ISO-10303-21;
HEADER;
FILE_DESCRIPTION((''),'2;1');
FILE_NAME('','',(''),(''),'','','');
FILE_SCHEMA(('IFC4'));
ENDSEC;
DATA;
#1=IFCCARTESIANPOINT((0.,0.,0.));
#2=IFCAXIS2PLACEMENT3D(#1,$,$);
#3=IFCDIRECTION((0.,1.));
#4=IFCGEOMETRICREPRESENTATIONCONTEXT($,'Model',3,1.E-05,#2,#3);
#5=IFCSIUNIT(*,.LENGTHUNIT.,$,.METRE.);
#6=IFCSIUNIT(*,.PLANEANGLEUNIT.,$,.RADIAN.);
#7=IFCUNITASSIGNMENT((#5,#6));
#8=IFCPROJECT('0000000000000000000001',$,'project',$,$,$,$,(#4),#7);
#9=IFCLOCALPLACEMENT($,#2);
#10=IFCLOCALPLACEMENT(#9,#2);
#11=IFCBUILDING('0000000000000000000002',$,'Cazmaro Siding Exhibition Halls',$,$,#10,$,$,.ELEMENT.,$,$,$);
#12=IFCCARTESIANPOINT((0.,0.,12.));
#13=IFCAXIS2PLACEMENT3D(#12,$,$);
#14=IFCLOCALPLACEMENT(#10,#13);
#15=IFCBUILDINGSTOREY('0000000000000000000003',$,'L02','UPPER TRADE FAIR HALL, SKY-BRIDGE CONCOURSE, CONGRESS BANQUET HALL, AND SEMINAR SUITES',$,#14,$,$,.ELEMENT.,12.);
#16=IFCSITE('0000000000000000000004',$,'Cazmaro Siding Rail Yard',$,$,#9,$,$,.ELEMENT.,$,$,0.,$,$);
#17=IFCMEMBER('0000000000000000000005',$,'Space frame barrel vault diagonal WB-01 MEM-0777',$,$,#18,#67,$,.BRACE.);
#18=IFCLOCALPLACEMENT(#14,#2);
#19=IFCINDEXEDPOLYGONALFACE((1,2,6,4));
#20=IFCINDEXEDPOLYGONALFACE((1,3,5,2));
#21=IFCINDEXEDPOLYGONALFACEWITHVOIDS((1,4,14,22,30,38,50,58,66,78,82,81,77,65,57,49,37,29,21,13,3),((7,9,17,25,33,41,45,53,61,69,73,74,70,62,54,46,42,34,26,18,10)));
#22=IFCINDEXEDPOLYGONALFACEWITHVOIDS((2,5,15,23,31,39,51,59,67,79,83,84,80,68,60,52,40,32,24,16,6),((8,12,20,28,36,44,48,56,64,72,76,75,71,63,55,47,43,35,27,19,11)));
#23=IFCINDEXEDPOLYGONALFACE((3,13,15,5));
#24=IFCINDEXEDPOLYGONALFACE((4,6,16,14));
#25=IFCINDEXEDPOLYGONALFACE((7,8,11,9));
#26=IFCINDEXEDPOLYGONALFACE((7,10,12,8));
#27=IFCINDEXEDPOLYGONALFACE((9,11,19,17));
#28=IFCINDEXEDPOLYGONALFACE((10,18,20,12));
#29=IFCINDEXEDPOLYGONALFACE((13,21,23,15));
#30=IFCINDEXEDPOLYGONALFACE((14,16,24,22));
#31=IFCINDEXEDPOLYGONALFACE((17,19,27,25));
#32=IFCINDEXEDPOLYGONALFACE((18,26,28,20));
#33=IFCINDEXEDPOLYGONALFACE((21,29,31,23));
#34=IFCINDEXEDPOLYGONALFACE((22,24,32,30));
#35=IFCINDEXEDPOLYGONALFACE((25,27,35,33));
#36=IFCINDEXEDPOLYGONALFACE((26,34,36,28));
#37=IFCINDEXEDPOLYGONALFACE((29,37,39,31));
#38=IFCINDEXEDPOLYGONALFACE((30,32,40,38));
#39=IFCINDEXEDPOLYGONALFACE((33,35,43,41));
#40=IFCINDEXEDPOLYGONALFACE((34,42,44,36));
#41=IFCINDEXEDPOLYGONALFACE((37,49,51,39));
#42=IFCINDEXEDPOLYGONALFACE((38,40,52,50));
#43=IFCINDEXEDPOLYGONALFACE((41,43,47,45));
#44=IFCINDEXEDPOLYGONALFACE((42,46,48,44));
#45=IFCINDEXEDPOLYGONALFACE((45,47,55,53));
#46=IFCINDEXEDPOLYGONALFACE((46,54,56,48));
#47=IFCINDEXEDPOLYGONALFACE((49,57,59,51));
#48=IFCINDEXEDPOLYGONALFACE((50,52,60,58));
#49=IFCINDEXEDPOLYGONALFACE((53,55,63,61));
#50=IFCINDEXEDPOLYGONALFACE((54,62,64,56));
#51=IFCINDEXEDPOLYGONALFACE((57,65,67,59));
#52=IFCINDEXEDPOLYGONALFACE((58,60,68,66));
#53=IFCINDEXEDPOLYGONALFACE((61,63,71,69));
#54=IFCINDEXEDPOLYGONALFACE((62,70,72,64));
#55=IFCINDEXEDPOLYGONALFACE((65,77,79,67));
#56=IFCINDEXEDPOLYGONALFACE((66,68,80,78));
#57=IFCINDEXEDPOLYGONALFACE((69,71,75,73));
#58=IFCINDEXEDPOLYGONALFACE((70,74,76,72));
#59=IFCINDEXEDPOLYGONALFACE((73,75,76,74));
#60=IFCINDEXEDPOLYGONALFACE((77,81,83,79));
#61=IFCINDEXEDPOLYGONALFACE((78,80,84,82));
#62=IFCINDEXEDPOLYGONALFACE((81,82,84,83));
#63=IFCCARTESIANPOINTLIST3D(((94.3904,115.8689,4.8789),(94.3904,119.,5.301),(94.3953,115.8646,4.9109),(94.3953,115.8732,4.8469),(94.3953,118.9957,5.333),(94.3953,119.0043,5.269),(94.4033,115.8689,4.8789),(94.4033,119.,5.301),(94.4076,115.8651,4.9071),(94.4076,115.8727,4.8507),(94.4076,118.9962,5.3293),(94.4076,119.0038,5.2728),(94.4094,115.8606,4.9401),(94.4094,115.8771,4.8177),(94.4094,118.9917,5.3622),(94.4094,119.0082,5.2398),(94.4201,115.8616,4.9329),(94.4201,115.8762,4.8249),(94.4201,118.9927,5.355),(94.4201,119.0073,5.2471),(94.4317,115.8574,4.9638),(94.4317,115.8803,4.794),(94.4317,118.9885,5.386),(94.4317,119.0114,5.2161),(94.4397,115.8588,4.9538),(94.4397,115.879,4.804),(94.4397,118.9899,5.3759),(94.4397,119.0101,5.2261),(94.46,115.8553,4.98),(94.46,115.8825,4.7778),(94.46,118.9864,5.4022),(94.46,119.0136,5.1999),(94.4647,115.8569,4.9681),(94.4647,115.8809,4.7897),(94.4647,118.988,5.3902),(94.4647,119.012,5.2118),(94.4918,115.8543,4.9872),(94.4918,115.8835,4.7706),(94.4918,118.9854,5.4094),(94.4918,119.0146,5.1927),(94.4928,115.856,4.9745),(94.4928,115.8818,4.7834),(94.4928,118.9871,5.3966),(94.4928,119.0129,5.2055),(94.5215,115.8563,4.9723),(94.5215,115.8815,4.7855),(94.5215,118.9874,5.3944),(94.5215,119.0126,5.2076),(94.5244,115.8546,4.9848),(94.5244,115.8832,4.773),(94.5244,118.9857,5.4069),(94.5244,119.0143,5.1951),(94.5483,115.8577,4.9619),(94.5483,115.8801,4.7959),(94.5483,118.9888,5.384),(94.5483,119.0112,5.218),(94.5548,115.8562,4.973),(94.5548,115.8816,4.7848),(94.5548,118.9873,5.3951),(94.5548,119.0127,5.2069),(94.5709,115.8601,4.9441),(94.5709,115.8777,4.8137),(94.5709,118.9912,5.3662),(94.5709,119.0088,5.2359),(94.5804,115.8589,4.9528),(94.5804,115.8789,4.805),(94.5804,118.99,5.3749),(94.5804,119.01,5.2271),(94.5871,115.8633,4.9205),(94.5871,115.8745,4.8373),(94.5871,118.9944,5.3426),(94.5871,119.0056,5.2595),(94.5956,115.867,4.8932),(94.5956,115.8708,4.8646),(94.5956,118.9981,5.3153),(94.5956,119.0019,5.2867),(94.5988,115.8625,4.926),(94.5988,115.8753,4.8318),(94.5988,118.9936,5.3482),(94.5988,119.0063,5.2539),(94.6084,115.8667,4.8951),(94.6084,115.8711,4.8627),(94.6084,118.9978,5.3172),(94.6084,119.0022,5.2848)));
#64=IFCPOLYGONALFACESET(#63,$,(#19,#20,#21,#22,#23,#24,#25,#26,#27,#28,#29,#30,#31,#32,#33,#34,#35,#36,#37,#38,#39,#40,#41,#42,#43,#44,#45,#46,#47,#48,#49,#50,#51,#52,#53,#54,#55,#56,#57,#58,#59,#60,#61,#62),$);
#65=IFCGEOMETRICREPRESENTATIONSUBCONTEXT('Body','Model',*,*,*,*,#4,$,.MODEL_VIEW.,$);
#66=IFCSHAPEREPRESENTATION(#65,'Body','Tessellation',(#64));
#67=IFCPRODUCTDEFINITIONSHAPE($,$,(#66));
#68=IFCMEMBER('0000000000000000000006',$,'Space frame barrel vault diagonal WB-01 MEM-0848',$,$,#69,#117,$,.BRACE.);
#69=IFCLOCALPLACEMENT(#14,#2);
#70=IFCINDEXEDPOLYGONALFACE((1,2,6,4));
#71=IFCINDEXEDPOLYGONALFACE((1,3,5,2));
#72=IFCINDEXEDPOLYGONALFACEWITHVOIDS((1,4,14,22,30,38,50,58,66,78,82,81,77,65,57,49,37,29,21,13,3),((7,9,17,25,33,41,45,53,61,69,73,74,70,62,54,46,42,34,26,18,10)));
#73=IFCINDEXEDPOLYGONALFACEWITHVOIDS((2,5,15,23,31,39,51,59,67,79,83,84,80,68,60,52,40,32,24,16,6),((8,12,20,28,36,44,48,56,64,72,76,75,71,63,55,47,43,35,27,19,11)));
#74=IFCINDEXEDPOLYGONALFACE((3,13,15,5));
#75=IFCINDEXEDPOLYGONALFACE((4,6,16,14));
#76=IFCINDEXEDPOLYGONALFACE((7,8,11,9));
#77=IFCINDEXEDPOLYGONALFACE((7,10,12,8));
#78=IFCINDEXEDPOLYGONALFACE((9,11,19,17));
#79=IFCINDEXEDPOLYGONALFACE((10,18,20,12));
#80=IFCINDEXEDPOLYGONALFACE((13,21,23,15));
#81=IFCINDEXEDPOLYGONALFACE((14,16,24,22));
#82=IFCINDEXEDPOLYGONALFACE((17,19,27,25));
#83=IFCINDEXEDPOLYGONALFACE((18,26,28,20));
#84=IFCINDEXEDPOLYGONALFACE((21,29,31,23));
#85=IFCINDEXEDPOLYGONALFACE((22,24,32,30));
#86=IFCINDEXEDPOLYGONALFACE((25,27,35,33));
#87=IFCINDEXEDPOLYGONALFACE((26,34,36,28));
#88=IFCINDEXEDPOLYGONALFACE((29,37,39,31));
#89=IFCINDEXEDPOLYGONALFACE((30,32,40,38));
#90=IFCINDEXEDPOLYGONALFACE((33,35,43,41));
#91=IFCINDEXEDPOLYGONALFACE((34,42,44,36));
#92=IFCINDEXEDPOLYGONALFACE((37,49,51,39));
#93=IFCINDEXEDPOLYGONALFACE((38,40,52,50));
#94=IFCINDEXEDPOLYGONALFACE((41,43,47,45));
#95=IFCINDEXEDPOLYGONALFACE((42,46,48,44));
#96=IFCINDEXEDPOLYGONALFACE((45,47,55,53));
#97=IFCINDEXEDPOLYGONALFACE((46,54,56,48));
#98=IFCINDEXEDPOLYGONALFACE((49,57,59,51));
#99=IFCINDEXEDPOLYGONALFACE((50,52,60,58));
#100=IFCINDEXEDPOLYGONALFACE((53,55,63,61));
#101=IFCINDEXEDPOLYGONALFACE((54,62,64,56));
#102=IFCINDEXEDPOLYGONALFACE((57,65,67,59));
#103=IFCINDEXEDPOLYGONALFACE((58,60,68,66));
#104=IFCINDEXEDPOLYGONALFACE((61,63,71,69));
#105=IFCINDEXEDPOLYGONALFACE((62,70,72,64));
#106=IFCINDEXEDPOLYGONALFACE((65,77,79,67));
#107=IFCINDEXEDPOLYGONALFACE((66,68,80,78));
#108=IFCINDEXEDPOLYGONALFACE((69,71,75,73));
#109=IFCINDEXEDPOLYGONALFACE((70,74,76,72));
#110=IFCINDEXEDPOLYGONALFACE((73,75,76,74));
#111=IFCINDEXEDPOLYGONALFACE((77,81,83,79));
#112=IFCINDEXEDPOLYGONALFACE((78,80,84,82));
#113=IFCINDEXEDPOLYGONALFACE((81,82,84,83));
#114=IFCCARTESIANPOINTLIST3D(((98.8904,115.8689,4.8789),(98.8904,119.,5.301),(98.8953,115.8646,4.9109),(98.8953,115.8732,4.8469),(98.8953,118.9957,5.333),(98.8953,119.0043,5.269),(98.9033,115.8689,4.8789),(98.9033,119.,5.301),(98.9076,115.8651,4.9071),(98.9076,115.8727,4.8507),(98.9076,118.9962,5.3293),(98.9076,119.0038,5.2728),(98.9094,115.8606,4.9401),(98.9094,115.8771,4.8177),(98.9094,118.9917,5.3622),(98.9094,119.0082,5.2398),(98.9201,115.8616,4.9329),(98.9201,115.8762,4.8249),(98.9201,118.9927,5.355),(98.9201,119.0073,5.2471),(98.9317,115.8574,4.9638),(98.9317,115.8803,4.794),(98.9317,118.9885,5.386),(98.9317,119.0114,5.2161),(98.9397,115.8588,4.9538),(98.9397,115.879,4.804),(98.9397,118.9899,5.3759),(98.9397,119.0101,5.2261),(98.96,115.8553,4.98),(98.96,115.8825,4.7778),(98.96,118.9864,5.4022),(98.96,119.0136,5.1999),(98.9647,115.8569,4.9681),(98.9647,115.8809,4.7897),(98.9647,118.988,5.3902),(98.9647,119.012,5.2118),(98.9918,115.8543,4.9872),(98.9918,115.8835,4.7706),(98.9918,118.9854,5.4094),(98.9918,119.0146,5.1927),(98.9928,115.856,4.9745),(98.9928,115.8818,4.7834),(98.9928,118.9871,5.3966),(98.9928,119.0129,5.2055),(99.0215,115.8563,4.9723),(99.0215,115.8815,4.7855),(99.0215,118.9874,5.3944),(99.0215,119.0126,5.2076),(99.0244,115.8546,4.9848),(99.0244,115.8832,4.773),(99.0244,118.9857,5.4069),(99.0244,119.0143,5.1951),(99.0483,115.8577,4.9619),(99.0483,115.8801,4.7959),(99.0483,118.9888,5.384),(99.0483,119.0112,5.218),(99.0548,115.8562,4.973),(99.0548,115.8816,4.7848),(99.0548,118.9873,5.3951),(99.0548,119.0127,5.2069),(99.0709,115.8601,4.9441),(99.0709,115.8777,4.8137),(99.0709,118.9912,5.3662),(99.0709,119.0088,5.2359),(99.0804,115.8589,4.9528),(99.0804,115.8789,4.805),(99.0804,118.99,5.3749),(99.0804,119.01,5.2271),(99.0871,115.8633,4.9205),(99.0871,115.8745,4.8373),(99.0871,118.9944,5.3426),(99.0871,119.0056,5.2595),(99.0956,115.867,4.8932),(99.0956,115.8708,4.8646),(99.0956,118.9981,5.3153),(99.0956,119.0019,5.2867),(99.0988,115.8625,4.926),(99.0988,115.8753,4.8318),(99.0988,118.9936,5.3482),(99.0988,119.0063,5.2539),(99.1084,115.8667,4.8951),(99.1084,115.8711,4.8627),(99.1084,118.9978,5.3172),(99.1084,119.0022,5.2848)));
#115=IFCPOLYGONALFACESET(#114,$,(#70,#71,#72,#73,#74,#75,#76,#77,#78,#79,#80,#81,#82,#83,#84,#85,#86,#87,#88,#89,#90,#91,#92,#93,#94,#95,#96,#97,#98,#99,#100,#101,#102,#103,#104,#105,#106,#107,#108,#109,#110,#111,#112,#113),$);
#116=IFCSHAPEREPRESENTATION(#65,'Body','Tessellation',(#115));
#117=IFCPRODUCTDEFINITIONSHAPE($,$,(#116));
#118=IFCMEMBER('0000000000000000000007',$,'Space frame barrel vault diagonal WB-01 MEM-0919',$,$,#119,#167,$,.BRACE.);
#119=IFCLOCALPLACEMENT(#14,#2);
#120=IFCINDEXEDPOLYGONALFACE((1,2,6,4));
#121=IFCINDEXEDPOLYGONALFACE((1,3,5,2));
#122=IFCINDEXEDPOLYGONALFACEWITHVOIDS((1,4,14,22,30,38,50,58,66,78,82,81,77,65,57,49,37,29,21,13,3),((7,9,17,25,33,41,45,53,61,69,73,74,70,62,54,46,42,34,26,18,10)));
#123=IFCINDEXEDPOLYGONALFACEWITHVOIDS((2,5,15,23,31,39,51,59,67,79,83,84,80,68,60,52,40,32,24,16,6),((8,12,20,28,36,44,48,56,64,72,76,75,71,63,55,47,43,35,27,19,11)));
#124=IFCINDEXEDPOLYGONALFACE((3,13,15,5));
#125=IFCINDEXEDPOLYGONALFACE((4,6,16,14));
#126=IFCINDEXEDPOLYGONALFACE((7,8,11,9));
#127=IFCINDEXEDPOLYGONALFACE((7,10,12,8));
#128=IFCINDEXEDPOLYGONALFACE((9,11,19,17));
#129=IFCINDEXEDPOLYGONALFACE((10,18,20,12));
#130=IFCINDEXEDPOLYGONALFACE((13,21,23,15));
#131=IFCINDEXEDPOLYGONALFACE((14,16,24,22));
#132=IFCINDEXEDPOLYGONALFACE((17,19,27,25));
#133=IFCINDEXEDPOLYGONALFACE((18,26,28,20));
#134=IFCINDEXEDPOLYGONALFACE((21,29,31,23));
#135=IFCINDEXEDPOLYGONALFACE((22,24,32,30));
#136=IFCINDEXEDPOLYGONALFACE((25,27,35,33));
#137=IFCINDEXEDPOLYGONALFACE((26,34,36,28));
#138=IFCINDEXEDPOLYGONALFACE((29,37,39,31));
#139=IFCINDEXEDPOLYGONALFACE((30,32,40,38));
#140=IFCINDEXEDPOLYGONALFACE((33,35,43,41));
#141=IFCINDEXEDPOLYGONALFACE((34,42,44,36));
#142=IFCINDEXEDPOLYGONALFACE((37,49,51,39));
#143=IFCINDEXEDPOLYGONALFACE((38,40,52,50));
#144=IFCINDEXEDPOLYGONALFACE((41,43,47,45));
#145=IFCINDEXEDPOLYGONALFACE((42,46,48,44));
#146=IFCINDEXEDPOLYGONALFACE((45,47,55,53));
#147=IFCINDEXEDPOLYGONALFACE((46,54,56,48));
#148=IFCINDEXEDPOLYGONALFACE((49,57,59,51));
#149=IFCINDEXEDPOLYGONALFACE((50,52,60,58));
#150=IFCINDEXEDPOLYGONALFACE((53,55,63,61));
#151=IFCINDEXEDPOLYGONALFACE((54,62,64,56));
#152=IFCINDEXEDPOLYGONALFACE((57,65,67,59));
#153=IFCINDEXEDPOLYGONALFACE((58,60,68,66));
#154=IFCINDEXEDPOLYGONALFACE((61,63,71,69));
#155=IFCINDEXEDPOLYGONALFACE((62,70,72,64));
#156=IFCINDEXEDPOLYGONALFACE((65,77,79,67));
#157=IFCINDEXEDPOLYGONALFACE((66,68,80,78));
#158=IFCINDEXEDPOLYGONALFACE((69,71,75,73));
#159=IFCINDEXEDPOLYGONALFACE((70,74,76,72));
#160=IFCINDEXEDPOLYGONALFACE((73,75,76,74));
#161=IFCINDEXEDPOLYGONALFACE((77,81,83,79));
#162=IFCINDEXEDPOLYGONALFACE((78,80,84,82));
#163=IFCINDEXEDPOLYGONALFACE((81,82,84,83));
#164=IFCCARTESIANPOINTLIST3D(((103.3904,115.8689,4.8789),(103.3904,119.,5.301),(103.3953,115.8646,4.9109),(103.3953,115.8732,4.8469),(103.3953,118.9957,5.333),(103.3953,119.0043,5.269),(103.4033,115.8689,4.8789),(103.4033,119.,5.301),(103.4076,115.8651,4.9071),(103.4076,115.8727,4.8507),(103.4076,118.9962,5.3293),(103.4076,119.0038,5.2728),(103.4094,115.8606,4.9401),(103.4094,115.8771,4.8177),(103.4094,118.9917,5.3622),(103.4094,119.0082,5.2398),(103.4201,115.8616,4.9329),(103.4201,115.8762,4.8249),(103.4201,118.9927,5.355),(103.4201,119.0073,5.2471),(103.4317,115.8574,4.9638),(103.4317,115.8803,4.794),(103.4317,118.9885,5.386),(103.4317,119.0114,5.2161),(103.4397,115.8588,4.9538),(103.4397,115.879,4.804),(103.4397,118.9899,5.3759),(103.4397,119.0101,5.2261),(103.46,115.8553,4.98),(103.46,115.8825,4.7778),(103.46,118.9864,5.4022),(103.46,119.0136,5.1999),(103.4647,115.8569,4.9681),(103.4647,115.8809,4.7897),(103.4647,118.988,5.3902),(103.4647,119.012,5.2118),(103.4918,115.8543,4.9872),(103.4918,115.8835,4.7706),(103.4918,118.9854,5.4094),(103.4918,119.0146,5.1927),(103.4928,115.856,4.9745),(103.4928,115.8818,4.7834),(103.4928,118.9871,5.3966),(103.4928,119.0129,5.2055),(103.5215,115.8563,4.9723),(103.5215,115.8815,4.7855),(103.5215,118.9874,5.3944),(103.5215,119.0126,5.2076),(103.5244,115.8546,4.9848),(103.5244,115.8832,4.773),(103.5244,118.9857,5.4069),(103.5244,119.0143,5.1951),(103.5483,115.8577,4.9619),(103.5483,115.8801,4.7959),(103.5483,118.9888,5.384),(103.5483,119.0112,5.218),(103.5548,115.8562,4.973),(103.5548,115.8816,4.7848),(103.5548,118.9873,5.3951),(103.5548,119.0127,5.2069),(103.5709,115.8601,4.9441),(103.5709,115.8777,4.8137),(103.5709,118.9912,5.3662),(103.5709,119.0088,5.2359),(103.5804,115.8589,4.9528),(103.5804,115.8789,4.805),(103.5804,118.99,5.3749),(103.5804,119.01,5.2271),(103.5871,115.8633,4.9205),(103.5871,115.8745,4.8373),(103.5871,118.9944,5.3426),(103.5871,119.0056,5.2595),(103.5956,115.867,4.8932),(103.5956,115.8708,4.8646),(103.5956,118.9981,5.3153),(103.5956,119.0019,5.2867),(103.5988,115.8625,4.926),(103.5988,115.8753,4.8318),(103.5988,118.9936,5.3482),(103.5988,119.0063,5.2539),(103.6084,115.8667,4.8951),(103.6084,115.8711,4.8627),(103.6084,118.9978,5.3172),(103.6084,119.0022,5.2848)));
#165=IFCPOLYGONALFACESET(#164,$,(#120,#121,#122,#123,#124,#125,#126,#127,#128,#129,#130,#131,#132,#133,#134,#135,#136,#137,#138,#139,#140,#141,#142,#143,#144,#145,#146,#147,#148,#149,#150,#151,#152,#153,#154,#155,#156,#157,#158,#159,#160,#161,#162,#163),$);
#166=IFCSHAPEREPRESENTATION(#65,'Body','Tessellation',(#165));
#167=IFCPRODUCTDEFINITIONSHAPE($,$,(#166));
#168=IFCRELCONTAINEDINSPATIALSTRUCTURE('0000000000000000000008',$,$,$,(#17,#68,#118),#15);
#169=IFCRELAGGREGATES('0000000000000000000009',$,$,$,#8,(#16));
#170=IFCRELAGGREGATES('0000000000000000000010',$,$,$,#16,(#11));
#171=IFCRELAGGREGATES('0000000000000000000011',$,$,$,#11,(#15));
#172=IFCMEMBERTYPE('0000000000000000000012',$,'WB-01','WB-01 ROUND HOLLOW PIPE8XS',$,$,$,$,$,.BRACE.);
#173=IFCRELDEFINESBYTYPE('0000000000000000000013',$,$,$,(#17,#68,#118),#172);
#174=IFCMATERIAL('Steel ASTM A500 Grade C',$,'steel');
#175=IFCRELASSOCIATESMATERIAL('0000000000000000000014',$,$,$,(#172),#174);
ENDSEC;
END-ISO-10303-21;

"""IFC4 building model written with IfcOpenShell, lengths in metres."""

from ifc_helpers import new_model, si_unit, direction, frame, origin, origin_2d, place, context, subcontext, project, spatial, hollow_circle, extrude, material, material_profile, profile_set, type_object, element, save


model = new_model("IFC4")

# Units and contexts
model_context = context("Model", 3, precision=1e-05, world=origin(), true_north=direction((0.0, 1.0)))
body_context = subcontext(model_context, "Body", "Model", "MODEL_VIEW")
ifc_project = project(units=[si_unit("LENGTHUNIT", "METRE"), si_unit("PLANEANGLEUNIT", "RADIAN")], contexts=[model_context])

# Site, building, storey
site_placement = place(None, origin())
site = spatial("IfcSite", under=ifc_project, at=site_placement, Name="Cazmaro Siding Rail Yard", CompositionType="ELEMENT", RefElevation=0.0)
building_placement = place(site_placement, origin())
building = spatial("IfcBuilding", under=site, at=building_placement, Name="Cazmaro Siding Exhibition Halls", CompositionType="ELEMENT")
storey_placement = place(building_placement, frame((0.0, 0.0, 12.0)))
storey = spatial("IfcBuildingStorey", under=building, at=storey_placement, Name="L02", Description="UPPER TRADE FAIR HALL, SKY-BRIDGE CONCOURSE, CONGRESS BANQUET HALL, AND SEMINAR SUITES", CompositionType="ELEMENT", Elevation=12.0)

# Members
ifc_material_1 = material(Name="Steel ASTM A500 Grade C", Category="steel")
ifc_material_profile_1 = material_profile(ifc_material_1, hollow_circle(Radius=0.1096, WallThickness=0.0129, at=origin_2d()), Name="PIPE8XS")
ifc_profile_set_1 = profile_set([ifc_material_profile_1], Name="Steel ASTM A500 Grade C")
member_type_1 = type_object("IfcMemberType", Name="WB-01", Description="WB-01 ROUND HOLLOW PIPE8XS", PredefinedType="BRACE", material=ifc_profile_set_1)
for number, where, z_axis, x_axis, name in (
    (1, (94.5, 115.8689, 4.8789), (0.0, 0.991035, 0.133606), (-1.0, 0.0, 0.0), "Space frame barrel vault diagonal WB-01 MEM-0777"),
    (2, (99.0, 115.8689, 4.8789), (0.0, 0.991035, 0.133606), (-1.0, 0.0, 0.0), "Space frame barrel vault diagonal WB-01 MEM-0848"),
    (3, (103.5, 115.8689, 4.8789), (0.0, 0.991035, 0.133606), (-1.0, 0.0, 0.0), "Space frame barrel vault diagonal WB-01 MEM-0919"),
):
    element("IfcMember", number, at=place(storey_placement, frame(where, z_axis=z_axis, x_axis=x_axis)), inside=storey, type_object=member_type_1, Name=name, PredefinedType="BRACE", context=body_context, shape_type="SweptSolid", body=[
        extrude(hollow_circle(Radius=0.1096, WallThickness=0.0129, at=origin_2d()), origin(), (0.0, 0.0, 1.0), 3.1594),
    ])

save(model, "model.ifc")
